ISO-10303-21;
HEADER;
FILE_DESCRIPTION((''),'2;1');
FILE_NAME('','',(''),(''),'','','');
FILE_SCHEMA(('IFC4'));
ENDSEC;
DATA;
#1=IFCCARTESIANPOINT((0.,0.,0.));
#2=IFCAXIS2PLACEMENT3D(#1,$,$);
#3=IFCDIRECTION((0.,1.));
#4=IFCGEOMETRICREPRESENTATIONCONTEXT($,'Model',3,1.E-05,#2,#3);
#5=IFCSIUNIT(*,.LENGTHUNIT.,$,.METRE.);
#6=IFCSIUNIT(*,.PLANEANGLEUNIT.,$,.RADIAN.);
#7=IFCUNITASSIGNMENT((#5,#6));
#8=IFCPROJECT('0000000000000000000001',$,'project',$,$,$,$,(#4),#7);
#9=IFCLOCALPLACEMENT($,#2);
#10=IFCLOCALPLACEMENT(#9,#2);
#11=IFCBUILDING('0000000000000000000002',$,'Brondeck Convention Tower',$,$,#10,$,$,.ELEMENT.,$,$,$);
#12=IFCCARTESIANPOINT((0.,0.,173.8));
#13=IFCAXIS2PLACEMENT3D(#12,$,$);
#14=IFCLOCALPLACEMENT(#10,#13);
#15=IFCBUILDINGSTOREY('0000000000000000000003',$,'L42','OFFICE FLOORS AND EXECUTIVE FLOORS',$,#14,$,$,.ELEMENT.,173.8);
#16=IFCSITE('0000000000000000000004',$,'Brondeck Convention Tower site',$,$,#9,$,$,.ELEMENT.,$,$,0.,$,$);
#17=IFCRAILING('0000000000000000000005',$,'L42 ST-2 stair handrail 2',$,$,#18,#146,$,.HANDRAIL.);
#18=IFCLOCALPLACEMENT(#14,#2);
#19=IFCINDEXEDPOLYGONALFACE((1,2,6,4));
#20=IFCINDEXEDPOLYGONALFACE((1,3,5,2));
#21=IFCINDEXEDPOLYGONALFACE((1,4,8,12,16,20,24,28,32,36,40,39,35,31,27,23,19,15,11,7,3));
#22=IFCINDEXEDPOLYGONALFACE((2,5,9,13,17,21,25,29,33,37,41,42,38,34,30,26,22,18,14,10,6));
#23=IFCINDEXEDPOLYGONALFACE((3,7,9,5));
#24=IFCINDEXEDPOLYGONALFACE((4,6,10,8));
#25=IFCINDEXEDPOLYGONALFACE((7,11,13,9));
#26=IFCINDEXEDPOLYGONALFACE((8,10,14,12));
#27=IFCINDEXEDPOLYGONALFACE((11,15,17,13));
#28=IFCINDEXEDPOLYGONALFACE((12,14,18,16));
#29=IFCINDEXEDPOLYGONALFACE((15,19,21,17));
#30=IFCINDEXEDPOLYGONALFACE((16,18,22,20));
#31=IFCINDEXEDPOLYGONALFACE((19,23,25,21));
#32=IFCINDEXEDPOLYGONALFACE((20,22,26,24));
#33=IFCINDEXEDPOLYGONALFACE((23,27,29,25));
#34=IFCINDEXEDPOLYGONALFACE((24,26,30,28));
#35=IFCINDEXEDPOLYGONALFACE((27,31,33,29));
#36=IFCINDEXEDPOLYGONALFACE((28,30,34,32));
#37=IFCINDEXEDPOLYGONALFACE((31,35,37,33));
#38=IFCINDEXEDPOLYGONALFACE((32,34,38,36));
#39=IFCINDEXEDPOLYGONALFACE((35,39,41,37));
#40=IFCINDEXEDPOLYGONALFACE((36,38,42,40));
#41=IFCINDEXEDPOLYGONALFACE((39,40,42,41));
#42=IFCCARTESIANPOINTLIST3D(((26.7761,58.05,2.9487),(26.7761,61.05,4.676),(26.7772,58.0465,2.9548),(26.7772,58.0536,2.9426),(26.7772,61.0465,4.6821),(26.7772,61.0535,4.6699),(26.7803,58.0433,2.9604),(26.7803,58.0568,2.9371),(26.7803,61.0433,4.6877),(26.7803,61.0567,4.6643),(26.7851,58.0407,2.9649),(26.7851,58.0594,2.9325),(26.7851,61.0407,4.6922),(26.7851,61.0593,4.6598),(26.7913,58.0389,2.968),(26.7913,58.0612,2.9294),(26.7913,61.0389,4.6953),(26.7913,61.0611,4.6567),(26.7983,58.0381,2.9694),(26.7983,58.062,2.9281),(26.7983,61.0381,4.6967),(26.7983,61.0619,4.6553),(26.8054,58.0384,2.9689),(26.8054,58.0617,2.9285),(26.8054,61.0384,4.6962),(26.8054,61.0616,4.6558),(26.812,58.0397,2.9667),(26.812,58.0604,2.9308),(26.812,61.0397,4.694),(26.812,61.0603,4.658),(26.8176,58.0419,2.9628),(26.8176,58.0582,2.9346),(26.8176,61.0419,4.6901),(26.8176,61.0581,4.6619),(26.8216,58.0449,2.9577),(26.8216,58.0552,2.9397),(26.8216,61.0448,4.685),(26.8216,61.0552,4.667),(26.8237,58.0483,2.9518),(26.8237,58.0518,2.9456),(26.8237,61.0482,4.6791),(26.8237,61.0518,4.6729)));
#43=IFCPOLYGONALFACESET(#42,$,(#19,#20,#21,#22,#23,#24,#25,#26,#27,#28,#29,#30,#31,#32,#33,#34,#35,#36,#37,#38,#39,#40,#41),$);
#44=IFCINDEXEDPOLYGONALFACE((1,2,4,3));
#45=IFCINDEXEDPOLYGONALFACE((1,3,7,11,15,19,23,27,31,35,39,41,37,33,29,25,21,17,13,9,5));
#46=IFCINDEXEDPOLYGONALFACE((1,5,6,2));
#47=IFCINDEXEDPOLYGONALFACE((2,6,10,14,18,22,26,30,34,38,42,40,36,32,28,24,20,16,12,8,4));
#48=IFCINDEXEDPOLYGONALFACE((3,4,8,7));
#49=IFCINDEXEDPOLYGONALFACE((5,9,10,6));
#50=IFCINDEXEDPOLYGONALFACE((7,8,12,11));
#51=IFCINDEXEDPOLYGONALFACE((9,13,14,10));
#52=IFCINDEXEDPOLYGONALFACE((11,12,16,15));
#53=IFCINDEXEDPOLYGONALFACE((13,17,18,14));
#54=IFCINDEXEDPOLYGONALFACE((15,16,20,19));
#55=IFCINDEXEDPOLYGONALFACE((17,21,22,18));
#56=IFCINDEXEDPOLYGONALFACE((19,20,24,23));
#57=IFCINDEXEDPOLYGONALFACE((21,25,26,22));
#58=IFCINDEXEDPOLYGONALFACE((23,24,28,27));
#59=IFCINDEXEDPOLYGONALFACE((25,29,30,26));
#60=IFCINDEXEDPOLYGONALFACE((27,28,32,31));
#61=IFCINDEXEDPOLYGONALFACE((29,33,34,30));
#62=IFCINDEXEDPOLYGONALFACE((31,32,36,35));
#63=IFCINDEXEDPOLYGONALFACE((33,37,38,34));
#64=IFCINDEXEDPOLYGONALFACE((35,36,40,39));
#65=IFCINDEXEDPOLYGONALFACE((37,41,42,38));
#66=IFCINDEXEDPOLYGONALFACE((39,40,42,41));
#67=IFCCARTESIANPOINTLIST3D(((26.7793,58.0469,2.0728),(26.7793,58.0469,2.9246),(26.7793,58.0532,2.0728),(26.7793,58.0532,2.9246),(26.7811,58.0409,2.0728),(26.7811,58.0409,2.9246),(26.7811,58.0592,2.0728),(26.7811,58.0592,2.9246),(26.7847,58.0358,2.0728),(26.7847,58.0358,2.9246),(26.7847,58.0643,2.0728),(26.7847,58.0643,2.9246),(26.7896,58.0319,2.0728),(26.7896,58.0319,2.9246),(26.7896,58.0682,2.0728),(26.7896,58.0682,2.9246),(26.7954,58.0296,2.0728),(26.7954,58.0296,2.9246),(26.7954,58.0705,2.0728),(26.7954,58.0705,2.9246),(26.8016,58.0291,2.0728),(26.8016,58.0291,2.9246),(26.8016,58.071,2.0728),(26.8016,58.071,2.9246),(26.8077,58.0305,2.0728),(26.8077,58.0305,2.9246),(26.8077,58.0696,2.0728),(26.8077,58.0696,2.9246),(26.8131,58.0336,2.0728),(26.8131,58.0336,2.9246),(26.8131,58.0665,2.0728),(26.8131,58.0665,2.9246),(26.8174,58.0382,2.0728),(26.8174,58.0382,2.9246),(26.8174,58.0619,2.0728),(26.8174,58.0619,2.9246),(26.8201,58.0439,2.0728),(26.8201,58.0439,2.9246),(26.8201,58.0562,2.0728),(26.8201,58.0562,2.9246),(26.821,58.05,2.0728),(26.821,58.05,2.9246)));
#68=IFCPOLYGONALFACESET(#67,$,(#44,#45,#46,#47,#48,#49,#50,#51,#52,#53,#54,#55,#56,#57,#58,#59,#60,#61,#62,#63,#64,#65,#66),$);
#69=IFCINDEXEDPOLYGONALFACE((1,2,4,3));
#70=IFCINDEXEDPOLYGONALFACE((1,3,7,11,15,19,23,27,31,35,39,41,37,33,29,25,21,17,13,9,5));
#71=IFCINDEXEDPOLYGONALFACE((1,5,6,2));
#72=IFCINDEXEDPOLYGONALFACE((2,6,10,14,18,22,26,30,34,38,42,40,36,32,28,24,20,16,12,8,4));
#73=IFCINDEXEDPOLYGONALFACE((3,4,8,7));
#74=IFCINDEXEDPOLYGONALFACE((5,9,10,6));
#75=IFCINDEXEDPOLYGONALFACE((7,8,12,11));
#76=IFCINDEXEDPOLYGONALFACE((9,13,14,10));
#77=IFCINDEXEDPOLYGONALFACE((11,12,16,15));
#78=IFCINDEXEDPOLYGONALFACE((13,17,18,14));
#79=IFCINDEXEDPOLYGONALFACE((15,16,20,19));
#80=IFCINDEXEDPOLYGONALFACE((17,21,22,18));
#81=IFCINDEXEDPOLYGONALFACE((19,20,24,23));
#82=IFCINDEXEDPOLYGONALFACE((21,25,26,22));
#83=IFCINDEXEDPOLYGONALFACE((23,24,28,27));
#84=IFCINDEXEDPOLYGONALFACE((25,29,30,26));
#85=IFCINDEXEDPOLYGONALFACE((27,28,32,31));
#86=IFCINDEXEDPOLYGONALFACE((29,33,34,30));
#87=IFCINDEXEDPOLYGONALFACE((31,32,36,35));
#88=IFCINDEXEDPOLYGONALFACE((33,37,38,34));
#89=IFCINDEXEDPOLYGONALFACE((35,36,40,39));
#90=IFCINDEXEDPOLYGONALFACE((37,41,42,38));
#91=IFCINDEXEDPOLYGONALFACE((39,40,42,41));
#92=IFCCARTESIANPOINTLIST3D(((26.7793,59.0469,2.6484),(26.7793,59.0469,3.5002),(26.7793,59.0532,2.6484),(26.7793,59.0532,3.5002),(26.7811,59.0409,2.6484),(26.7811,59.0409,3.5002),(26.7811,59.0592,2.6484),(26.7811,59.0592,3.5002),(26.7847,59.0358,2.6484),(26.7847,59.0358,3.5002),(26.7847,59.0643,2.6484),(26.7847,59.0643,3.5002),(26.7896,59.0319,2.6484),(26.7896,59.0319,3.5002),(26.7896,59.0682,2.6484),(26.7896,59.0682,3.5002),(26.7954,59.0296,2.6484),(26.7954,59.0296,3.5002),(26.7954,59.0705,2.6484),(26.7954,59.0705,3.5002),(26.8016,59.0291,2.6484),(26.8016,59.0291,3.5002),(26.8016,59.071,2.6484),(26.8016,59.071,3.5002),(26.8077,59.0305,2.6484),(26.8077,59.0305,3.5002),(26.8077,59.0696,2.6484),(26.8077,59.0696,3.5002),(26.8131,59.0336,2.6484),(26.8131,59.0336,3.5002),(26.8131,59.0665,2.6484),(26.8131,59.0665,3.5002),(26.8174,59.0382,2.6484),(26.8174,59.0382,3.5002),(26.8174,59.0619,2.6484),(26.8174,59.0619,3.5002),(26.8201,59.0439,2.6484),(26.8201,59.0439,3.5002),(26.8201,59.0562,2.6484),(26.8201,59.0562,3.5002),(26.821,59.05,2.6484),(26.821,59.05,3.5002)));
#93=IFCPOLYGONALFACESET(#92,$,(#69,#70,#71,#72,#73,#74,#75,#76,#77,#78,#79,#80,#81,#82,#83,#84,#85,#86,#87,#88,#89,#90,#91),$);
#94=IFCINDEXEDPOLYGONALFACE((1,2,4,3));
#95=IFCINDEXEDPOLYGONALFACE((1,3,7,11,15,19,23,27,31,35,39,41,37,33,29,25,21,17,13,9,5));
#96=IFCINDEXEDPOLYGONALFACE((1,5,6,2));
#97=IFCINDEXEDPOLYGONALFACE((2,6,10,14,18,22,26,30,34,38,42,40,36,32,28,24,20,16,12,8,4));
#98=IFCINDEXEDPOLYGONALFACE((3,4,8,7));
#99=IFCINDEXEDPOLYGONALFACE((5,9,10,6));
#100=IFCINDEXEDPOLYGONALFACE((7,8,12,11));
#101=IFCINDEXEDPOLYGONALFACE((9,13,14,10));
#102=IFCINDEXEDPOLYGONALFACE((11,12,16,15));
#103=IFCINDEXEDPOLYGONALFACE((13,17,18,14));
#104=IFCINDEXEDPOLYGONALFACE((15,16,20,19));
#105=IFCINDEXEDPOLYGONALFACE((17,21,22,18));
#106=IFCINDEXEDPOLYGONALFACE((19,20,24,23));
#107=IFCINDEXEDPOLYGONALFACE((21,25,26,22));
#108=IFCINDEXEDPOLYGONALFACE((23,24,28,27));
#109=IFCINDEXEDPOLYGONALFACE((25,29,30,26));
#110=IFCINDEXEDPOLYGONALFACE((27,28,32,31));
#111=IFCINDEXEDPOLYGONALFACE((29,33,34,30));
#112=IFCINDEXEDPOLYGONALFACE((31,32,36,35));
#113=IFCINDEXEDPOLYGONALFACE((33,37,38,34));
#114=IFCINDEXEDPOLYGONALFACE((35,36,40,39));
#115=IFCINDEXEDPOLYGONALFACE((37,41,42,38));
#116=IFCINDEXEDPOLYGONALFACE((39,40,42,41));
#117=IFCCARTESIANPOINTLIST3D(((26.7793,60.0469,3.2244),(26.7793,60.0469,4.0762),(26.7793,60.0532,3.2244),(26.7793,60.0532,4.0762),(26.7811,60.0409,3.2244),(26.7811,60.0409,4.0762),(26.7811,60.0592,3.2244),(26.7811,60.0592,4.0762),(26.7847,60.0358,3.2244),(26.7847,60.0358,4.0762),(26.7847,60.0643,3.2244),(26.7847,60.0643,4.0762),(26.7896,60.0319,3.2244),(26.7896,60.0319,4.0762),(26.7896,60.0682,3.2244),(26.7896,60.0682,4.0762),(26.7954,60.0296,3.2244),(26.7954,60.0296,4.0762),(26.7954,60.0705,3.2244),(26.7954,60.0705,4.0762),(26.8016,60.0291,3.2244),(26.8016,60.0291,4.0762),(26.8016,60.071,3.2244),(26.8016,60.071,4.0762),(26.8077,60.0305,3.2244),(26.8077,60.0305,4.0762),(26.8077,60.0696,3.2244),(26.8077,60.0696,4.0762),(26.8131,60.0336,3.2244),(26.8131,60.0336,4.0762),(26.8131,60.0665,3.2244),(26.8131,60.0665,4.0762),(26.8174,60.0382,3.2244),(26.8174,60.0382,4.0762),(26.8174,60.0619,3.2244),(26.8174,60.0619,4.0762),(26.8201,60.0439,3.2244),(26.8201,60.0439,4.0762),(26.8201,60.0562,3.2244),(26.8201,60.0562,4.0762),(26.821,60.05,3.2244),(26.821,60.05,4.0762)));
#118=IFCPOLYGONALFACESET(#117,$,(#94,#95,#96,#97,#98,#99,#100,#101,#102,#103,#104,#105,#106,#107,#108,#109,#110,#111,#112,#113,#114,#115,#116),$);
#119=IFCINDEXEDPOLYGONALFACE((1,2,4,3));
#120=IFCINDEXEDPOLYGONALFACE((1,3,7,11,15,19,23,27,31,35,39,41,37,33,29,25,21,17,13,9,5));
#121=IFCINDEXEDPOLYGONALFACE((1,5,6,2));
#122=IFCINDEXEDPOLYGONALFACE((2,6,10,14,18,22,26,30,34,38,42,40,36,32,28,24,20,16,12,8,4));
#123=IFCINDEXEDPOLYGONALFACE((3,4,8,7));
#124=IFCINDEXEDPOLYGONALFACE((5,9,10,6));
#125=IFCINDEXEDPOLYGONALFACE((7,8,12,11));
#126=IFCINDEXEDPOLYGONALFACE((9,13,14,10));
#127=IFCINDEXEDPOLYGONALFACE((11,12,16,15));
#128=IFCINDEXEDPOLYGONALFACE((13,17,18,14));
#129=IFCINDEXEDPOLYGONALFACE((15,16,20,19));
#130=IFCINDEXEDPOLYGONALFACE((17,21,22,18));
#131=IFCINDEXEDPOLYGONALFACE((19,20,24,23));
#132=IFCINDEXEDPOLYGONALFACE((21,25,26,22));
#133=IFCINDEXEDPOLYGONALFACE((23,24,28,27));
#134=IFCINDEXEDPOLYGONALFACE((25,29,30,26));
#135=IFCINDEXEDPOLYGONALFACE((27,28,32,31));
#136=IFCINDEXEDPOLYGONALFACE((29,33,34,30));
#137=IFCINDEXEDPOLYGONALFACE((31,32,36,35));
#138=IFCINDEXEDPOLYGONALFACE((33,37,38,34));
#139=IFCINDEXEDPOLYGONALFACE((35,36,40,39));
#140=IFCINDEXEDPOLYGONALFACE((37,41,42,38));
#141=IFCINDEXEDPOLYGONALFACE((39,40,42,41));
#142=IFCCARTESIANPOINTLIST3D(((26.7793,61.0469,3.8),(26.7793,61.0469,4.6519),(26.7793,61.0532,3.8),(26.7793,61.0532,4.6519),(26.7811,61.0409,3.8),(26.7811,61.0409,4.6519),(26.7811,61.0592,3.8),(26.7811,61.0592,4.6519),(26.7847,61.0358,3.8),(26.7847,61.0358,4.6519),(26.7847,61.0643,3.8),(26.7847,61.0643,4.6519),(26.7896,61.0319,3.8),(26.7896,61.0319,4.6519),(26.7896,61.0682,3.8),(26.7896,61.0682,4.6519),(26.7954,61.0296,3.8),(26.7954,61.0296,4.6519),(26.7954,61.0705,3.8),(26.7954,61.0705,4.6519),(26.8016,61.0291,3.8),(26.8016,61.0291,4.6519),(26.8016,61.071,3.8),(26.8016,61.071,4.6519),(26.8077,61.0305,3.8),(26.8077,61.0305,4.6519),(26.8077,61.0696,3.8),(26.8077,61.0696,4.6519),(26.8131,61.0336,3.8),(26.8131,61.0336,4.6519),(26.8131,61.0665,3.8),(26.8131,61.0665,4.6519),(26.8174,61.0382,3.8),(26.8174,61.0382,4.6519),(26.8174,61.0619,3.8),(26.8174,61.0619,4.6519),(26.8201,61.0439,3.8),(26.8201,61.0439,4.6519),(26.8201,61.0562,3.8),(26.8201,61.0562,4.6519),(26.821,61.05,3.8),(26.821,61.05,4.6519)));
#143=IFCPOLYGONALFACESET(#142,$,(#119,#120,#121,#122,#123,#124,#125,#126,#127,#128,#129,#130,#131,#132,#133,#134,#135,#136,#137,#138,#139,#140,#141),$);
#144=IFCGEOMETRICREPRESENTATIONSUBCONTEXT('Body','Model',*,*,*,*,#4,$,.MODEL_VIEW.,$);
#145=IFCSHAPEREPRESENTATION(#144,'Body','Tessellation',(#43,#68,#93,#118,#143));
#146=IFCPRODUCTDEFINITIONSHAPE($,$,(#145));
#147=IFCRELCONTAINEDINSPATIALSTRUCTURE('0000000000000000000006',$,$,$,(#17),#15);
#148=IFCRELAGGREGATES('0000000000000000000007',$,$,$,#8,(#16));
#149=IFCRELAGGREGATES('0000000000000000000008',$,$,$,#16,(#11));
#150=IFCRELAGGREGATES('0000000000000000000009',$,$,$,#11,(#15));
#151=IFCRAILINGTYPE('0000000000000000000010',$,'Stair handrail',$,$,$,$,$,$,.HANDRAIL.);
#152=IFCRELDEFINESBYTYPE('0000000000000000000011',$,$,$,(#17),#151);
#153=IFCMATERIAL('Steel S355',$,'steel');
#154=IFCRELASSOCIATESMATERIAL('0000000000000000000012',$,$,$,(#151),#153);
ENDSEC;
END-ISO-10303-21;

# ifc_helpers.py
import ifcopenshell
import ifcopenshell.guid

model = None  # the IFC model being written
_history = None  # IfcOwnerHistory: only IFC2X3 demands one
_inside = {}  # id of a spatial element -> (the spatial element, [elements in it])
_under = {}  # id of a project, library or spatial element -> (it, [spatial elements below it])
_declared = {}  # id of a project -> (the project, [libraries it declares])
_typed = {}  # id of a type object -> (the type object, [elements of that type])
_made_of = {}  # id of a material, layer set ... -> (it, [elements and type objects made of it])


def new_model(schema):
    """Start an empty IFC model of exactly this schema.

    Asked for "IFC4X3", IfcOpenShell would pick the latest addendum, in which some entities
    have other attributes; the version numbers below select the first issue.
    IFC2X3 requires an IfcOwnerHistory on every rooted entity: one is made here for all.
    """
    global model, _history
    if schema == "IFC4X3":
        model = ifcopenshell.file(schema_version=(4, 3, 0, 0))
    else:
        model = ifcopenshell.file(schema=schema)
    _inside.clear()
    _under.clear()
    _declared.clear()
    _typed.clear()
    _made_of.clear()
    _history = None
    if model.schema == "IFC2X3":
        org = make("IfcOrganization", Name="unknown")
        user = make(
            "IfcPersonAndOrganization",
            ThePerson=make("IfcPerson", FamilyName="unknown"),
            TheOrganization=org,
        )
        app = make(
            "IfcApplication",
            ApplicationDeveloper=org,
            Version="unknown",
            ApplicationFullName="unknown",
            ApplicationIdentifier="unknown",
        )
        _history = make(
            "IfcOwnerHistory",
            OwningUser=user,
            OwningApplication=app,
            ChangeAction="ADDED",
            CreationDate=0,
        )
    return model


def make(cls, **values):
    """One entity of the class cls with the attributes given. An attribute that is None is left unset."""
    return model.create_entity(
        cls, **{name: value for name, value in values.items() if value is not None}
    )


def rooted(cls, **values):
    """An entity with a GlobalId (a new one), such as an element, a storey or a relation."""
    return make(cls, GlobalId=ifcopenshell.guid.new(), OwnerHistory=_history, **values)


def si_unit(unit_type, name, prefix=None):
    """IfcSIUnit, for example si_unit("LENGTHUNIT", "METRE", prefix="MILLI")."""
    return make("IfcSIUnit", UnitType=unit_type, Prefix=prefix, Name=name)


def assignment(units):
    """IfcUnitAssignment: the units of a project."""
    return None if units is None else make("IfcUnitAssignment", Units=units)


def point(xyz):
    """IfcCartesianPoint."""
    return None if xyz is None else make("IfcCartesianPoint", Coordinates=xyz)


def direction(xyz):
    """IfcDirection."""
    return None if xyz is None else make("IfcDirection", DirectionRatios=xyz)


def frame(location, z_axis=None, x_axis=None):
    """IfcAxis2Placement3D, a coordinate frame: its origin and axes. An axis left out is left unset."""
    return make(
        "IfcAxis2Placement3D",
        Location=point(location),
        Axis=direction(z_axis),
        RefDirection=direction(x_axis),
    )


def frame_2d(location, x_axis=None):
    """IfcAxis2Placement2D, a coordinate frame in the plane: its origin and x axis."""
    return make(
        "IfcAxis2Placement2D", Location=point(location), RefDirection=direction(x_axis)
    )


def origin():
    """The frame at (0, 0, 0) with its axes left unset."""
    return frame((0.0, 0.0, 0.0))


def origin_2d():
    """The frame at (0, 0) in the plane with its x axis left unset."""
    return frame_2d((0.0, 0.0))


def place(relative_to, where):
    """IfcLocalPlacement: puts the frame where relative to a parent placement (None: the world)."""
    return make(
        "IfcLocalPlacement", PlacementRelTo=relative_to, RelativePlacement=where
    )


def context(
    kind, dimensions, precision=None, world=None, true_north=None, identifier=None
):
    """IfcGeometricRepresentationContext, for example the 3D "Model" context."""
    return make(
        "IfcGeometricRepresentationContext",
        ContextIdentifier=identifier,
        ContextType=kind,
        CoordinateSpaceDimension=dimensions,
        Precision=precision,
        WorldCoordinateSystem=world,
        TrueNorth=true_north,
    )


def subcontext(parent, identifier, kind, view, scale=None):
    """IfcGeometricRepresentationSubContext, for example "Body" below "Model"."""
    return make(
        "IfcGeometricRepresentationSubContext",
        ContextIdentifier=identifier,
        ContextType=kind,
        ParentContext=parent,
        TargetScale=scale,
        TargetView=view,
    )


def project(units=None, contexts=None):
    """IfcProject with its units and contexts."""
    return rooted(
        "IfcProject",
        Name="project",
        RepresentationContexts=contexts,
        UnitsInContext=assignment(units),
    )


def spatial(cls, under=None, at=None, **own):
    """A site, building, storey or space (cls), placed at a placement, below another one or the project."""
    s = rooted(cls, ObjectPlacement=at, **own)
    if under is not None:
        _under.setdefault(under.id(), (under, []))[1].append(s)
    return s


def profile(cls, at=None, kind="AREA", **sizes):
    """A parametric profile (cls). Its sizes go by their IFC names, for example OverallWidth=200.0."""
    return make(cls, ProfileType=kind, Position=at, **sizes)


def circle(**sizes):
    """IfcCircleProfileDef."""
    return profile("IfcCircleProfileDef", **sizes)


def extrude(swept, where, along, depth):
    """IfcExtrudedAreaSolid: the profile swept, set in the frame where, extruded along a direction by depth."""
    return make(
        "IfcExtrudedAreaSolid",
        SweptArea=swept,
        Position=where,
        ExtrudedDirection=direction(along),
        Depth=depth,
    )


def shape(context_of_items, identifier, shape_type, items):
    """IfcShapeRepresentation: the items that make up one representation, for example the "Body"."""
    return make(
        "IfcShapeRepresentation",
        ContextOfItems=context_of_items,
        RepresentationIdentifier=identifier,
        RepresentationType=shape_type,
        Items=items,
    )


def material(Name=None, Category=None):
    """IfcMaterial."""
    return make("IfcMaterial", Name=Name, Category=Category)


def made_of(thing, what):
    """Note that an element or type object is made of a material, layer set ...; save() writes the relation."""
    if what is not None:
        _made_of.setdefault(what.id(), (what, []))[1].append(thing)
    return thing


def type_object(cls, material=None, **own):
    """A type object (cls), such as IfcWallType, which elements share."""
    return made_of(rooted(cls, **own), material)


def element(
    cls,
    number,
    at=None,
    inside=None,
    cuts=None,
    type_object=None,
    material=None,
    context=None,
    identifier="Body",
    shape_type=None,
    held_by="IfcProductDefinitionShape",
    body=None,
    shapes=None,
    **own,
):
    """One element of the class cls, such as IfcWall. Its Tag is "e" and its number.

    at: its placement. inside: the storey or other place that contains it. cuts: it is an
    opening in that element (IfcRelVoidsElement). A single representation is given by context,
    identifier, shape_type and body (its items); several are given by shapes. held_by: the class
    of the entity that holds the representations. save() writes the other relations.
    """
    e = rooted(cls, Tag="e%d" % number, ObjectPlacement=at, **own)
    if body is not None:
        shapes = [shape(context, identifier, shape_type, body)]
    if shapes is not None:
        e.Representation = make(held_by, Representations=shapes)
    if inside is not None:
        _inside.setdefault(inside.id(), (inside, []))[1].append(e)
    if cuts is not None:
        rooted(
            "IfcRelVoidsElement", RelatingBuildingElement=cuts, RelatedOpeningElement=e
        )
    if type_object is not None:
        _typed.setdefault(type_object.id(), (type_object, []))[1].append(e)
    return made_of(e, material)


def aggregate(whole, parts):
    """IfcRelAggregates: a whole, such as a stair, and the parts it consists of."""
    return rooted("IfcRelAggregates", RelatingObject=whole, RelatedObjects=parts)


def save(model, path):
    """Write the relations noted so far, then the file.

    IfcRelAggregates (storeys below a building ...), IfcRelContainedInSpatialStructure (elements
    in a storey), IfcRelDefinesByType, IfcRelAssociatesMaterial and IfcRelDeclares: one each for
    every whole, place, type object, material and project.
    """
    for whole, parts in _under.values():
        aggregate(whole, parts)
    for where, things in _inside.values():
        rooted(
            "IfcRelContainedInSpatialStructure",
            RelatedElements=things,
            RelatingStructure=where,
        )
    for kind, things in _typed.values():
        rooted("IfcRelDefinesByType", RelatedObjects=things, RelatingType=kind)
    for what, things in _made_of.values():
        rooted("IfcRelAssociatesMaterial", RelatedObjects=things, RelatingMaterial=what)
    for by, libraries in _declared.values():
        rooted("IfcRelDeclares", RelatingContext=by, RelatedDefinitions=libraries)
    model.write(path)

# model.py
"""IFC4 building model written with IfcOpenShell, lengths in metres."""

from ifc_helpers import new_model, si_unit, direction, frame, origin, origin_2d, place, context, subcontext, project, spatial, circle, extrude, material, type_object, element, save


model = new_model("IFC4")

# Units and contexts
model_context = context("Model", 3, precision=1e-05, world=origin(), true_north=direction((0.0, 1.0)))
body_context = subcontext(model_context, "Body", "Model", "MODEL_VIEW")
ifc_project = project(units=[si_unit("LENGTHUNIT", "METRE"), si_unit("PLANEANGLEUNIT", "RADIAN")], contexts=[model_context])

# Site, building, storey
site_placement = place(None, origin())
site = spatial("IfcSite", under=ifc_project, at=site_placement, Name="Brondeck Convention Tower site", CompositionType="ELEMENT", RefElevation=0.0)
building_placement = place(site_placement, origin())
building = spatial("IfcBuilding", under=site, at=building_placement, Name="Brondeck Convention Tower", CompositionType="ELEMENT")
storey_placement = place(building_placement, frame((0.0, 0.0, 173.8)))
storey = spatial("IfcBuildingStorey", under=building, at=storey_placement, Name="L42", Description="OFFICE FLOORS AND EXECUTIVE FLOORS", CompositionType="ELEMENT", Elevation=173.8)

# Shared definitions
ifc_material_1 = material(Name="Steel S355", Category="steel")

# Railing
railing_type_1 = type_object("IfcRailingType", Name="Stair handrail", PredefinedType="HANDRAIL", material=ifc_material_1)
railing_1_placement = place(storey_placement, frame((26.8, 58.05, 2.0728)))
element("IfcRailing", 1, at=railing_1_placement, inside=storey, type_object=railing_type_1, Name="L42 ST-2 stair handrail 2", PredefinedType="HANDRAIL", context=body_context, shape_type="SweptSolid", body=[
    extrude(circle(Radius=0.0239, at=origin_2d()), frame((0.0, 0.0, 0.876), z_axis=(0.0, 0.86662, 0.498969), x_axis=(-1.0, 0.0, 0.0)), (0.0, 0.0, 1.0), 3.4617),
    extrude(circle(Radius=0.021, at=origin_2d()), origin(), (0.0, 0.0, 1.0), 0.8518),
    extrude(circle(Radius=0.021, at=origin_2d()), frame((0.0, 1.0, 0.5757)), (0.0, 0.0, 1.0), 0.8518),
    extrude(circle(Radius=0.021, at=origin_2d()), frame((0.0, 2.0, 1.1516)), (0.0, 0.0, 1.0), 0.8518),
    extrude(circle(Radius=0.021, at=origin_2d()), frame((0.0, 3.0, 1.7273)), (0.0, 0.0, 1.0), 0.8518),
])

save(model, "model.ifc")
